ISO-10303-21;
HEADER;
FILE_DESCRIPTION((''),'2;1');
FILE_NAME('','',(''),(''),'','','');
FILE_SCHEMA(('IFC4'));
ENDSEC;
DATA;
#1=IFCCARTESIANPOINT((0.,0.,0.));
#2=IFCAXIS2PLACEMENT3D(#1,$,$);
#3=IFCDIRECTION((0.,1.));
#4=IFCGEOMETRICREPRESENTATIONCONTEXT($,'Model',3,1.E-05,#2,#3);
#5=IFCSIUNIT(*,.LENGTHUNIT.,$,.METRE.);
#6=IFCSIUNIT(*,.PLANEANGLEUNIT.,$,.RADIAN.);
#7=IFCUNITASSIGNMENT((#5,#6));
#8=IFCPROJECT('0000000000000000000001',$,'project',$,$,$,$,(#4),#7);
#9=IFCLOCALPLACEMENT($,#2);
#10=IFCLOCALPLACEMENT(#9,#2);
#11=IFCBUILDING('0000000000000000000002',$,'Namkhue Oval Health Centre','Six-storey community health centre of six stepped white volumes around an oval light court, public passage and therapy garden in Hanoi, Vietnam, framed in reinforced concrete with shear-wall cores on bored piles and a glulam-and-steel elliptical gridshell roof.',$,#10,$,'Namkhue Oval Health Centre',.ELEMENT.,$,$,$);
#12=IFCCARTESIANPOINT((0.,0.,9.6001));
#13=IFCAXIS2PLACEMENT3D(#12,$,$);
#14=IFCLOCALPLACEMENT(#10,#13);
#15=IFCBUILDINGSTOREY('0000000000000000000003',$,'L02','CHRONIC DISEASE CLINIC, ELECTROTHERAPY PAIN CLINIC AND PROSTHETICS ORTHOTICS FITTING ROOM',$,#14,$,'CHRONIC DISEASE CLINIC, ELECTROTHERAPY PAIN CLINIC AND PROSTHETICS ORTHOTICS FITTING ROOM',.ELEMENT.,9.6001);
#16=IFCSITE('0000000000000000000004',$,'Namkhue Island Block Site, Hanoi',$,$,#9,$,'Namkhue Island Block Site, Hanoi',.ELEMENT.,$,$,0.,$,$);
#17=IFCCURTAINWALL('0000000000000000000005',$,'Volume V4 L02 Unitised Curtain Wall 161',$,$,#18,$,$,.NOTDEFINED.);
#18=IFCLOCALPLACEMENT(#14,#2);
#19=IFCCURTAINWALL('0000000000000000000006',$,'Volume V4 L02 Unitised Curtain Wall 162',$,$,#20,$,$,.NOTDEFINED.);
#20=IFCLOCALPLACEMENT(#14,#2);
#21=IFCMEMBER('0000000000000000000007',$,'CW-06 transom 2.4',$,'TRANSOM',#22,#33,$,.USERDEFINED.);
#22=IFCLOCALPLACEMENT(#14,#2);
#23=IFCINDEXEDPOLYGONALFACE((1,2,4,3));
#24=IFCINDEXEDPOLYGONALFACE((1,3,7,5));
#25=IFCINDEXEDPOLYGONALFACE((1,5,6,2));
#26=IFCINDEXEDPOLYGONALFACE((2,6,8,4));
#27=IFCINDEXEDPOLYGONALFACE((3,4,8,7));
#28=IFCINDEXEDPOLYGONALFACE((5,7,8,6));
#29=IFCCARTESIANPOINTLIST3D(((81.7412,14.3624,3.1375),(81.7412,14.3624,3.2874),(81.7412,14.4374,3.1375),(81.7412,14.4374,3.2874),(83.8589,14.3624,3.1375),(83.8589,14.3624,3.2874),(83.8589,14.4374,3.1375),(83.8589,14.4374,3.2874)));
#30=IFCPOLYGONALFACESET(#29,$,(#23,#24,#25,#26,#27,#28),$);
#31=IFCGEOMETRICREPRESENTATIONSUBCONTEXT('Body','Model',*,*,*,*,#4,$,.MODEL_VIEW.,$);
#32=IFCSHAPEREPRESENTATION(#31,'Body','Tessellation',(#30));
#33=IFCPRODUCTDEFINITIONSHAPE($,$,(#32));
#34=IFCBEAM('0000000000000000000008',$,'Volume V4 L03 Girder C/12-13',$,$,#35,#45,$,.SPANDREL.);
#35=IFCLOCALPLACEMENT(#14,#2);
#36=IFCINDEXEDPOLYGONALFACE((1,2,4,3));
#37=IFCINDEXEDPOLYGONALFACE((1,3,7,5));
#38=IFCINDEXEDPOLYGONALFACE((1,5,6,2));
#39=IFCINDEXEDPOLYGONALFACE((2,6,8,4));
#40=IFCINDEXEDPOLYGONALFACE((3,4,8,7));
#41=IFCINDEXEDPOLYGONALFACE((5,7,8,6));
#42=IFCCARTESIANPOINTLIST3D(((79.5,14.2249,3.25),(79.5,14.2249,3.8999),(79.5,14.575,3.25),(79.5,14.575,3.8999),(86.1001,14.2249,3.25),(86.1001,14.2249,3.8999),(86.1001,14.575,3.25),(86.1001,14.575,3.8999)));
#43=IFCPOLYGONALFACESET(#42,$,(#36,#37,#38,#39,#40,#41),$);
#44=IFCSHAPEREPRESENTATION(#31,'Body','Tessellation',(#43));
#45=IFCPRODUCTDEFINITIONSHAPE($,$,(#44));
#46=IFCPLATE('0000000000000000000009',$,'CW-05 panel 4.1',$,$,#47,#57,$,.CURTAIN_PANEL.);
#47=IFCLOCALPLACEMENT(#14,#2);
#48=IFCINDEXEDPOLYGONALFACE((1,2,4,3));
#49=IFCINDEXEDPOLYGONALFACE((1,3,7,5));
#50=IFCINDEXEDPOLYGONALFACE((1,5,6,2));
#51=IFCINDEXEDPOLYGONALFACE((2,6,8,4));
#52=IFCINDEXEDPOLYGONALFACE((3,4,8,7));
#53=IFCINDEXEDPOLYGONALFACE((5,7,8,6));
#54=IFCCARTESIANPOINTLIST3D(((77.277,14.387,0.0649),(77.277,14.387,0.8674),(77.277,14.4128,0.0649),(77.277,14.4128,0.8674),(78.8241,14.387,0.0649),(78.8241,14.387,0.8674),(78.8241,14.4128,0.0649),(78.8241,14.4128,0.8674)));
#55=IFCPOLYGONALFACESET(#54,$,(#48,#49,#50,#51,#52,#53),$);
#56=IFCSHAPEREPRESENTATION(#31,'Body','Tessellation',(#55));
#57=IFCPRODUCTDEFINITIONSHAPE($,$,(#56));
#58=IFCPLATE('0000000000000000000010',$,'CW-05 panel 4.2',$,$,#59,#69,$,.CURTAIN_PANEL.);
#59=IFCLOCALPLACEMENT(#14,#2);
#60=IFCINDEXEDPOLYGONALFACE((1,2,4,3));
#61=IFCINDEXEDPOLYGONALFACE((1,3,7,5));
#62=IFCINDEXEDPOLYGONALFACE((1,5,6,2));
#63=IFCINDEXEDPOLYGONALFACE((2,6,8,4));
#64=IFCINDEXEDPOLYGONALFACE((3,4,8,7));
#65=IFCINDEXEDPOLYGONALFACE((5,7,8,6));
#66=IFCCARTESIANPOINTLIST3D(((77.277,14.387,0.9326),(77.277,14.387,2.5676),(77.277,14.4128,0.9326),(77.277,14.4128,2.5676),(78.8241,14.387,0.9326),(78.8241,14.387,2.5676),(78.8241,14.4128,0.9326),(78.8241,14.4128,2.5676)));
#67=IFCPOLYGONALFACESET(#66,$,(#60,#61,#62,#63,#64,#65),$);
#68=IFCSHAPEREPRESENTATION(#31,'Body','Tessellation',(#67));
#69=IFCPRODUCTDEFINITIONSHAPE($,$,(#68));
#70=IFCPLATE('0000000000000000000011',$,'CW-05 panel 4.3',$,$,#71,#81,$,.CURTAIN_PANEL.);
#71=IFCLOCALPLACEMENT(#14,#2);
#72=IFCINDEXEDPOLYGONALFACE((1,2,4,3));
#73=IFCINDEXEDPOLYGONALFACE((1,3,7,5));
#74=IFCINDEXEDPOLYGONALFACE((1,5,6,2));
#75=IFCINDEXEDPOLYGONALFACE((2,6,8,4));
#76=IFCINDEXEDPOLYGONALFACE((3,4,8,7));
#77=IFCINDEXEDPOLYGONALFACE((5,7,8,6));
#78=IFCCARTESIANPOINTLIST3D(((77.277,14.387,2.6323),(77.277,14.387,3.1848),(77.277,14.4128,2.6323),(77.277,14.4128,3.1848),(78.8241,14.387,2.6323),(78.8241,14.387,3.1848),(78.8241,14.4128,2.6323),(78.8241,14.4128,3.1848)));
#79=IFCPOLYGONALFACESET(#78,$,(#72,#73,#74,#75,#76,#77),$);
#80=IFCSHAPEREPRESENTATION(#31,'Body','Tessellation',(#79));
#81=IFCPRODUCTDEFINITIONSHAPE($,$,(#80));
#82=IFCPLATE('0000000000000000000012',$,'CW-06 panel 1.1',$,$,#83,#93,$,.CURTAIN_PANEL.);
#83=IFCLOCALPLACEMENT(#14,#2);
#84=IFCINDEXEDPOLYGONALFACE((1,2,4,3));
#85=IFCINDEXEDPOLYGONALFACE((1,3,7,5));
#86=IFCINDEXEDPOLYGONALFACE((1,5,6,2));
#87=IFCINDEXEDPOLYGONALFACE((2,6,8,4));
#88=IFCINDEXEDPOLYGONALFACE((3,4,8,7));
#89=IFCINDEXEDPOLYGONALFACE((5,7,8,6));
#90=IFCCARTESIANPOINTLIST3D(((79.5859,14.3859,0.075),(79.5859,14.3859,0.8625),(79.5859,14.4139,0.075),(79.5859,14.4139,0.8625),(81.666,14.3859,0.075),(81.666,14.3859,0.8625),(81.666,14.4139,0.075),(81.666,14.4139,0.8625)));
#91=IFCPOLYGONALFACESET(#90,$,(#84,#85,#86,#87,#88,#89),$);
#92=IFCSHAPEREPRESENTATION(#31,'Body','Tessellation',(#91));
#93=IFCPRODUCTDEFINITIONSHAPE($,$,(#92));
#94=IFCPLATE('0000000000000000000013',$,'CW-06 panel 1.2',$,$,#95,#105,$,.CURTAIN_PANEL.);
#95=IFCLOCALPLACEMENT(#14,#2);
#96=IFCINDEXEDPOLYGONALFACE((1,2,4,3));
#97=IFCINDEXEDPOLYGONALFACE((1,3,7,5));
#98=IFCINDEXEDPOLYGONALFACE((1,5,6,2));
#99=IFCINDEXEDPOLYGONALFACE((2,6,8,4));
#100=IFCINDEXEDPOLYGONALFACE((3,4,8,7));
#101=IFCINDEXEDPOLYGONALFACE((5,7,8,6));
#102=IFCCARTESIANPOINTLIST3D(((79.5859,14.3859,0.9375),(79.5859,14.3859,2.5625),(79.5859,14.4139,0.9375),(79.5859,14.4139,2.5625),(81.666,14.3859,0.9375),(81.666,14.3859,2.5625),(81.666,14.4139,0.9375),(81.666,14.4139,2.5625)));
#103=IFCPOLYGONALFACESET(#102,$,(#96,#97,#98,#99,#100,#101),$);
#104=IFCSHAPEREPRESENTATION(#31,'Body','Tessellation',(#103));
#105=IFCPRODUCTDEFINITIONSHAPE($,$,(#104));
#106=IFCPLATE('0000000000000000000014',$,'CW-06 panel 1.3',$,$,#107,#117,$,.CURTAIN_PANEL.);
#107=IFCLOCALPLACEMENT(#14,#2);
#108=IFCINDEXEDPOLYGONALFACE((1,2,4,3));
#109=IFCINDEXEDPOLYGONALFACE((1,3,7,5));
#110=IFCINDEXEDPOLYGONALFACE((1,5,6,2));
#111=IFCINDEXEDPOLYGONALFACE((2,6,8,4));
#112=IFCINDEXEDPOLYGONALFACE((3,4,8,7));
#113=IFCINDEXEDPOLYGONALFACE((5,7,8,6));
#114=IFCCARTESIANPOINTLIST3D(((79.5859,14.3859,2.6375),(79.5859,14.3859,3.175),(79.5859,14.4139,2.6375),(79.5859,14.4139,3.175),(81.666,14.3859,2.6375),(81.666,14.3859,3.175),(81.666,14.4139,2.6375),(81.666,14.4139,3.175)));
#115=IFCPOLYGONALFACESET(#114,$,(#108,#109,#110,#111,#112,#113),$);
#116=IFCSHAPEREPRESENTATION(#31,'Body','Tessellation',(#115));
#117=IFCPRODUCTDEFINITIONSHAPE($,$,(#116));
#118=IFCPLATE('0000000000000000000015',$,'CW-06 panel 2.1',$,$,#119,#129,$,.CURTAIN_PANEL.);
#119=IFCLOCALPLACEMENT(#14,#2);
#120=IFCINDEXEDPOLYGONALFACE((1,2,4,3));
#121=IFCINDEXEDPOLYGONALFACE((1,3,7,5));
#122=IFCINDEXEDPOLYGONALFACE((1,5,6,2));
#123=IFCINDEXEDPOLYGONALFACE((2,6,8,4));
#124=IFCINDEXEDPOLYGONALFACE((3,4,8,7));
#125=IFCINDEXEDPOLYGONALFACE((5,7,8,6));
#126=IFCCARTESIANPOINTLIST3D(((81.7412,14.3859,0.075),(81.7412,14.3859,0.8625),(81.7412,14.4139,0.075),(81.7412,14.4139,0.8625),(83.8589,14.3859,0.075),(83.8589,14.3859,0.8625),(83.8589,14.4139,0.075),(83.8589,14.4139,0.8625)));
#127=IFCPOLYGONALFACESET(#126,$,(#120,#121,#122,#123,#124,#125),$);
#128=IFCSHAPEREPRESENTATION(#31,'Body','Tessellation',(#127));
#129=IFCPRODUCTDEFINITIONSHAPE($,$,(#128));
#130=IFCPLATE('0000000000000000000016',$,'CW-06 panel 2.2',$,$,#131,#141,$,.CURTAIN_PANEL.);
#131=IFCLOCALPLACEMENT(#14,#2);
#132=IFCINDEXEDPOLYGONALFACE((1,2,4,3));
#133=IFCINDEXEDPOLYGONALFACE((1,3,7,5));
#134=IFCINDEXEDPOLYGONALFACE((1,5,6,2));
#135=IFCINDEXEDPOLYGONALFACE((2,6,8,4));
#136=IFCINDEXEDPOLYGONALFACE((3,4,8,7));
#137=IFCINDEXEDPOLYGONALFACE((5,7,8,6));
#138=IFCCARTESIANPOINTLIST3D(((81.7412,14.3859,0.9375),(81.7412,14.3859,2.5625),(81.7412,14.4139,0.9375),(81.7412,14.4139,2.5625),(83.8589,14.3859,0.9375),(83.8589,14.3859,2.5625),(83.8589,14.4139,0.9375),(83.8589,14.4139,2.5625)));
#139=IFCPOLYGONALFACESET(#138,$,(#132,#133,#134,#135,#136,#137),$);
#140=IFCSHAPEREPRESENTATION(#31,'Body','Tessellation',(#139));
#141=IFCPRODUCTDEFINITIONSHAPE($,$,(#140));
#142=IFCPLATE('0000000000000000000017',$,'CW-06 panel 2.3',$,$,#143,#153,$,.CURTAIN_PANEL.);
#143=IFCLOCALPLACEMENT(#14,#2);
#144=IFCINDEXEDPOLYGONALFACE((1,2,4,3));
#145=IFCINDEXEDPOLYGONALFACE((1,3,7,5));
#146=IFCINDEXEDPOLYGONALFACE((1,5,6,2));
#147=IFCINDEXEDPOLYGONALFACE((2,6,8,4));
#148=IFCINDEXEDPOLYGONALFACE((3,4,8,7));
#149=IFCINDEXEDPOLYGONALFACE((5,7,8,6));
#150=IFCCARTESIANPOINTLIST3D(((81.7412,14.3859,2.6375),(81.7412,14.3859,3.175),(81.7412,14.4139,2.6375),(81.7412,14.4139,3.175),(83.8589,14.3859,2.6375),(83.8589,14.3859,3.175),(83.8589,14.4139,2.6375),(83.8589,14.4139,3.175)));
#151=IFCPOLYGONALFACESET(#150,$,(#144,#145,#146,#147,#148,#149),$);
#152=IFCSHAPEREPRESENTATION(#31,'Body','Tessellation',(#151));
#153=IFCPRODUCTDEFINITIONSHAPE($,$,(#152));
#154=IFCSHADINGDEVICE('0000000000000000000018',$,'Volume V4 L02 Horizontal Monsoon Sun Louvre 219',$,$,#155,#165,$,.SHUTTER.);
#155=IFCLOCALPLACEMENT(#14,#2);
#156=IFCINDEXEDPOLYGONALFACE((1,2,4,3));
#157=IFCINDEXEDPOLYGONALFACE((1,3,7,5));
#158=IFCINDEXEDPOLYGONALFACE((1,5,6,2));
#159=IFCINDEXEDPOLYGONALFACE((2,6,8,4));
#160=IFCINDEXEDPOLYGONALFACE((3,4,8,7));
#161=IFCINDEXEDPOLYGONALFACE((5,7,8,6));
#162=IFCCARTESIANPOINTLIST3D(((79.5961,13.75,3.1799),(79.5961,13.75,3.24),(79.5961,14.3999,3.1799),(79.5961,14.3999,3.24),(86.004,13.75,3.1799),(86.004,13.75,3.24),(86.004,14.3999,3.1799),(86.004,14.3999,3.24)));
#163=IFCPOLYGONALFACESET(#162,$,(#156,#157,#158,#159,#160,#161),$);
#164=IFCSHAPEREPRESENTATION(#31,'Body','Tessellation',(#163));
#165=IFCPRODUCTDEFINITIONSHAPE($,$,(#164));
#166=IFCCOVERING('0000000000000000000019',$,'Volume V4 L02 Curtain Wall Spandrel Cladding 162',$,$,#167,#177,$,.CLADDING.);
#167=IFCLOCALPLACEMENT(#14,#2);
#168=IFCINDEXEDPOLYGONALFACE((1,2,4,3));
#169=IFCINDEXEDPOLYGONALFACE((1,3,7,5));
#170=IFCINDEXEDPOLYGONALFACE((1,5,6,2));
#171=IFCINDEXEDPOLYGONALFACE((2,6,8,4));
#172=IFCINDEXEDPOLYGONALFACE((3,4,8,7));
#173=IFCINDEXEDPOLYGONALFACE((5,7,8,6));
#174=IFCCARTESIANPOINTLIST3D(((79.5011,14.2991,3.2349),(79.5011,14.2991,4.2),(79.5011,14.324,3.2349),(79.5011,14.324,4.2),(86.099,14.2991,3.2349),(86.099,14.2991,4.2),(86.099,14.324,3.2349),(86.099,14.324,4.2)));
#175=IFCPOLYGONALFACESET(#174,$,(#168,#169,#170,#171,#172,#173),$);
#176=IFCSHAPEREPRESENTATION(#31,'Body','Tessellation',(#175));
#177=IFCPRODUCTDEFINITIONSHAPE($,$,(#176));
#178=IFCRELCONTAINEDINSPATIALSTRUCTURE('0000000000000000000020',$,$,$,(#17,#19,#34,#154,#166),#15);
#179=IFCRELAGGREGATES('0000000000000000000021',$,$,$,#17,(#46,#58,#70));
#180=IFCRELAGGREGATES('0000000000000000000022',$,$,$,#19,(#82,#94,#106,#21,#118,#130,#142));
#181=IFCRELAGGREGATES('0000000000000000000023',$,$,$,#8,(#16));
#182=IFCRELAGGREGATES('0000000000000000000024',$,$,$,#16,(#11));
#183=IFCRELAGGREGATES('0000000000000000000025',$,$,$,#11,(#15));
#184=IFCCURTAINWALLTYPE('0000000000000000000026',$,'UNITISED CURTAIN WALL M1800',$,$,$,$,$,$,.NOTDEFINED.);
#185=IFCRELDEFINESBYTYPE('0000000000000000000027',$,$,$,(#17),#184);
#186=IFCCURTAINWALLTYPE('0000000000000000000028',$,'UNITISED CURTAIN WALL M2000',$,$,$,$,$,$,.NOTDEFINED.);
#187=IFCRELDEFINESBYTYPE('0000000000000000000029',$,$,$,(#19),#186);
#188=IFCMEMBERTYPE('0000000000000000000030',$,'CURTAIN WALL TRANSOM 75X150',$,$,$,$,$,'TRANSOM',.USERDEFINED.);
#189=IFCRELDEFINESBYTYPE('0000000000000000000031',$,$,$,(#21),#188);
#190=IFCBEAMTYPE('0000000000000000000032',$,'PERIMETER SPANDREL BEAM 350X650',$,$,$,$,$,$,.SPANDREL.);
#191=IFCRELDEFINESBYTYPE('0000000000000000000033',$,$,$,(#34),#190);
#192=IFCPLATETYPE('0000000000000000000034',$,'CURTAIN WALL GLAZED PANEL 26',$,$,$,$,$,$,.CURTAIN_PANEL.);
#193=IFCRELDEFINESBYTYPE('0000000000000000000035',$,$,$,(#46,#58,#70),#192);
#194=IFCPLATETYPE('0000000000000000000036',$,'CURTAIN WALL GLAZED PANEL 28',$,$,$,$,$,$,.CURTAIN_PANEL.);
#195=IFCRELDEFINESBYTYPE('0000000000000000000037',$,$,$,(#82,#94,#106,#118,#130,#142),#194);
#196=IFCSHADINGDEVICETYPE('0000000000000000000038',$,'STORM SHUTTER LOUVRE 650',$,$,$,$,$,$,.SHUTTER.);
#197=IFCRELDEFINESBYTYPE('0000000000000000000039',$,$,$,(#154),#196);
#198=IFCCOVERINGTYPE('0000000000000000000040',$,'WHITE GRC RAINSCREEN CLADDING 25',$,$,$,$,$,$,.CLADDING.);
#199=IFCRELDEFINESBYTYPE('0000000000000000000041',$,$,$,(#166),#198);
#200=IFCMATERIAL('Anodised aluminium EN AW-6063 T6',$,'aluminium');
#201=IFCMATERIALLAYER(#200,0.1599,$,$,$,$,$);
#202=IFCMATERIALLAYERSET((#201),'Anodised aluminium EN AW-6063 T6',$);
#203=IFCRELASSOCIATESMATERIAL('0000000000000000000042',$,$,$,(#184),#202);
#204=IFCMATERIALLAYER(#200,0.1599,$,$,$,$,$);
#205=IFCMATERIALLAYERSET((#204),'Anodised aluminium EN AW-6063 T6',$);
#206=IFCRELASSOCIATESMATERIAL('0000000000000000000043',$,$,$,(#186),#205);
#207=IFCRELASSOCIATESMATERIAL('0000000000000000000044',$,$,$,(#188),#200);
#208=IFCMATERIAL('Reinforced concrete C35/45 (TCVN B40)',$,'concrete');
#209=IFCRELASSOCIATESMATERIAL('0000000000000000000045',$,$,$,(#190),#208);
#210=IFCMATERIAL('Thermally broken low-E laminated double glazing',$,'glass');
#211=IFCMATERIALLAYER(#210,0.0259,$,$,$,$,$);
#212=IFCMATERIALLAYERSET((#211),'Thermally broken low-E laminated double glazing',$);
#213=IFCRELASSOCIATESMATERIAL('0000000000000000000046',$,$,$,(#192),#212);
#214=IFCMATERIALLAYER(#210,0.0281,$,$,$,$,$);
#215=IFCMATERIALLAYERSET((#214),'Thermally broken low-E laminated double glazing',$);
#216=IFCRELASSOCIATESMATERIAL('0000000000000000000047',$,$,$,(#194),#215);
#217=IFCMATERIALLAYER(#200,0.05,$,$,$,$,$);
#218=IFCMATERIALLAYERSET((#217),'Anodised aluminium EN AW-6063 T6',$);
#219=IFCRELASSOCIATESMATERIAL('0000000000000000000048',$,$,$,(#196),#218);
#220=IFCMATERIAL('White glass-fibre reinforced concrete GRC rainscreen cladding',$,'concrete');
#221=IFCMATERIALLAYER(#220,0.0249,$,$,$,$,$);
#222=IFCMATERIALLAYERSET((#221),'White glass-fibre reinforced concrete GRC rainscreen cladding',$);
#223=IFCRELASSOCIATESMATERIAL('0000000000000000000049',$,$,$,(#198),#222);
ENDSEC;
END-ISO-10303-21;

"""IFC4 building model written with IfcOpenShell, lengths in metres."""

from ifc_helpers import new_model, si_unit, direction, frame, origin, origin_2d, place, context, subcontext, project, spatial, rectangle, extrude, material, layer, layer_set, material_profile, profile_set, type_object, element, aggregate, save


model = new_model("IFC4")

# Units and contexts
model_context = context("Model", 3, precision=1e-05, world=origin(), true_north=direction((0.0, 1.0)))
body_context = subcontext(model_context, "Body", "Model", "MODEL_VIEW")
ifc_project = project(units=[si_unit("LENGTHUNIT", "METRE"), si_unit("PLANEANGLEUNIT", "RADIAN")], contexts=[model_context])

# Site, building, storey
site_placement = place(None, origin())
site = spatial("IfcSite", under=ifc_project, at=site_placement, Name="Namkhue Island Block Site, Hanoi", LongName="Namkhue Island Block Site, Hanoi", CompositionType="ELEMENT", RefElevation=0.0)
building_placement = place(site_placement, origin())
building = spatial("IfcBuilding", under=site, at=building_placement, Name="Namkhue Oval Health Centre", Description="Six-storey community health centre of six stepped white volumes around an oval light court, public passage and therapy garden in Hanoi, Vietnam, framed in reinforced concrete with shear-wall cores on bored piles and a glulam-and-steel elliptical gridshell roof.", LongName="Namkhue Oval Health Centre", CompositionType="ELEMENT")
storey_placement = place(building_placement, frame((0.0, 0.0, 9.6001)))
storey = spatial("IfcBuildingStorey", under=building, at=storey_placement, Name="L02", Description="CHRONIC DISEASE CLINIC, ELECTROTHERAPY PAIN CLINIC AND PROSTHETICS ORTHOTICS FITTING ROOM", LongName="CHRONIC DISEASE CLINIC, ELECTROTHERAPY PAIN CLINIC AND PROSTHETICS ORTHOTICS FITTING ROOM", CompositionType="ELEMENT", Elevation=9.6001)

# Shared definitions
ifc_material_1 = material(Name="Reinforced concrete C35/45 (TCVN B40)", Category="concrete")

# Curtain wall
ifc_material_2 = material(Name="Anodised aluminium EN AW-6063 T6", Category="aluminium")
ifc_layer_1 = layer(ifc_material_2, 0.1599)
ifc_layer_set_1 = layer_set([ifc_layer_1], Name="Anodised aluminium EN AW-6063 T6")
curtain_wall_type_1 = type_object("IfcCurtainWallType", Name="UNITISED CURTAIN WALL M1800", PredefinedType="NOTDEFINED", material=ifc_layer_set_1)
curtain_wall_1_placement = place(storey_placement, origin())
curtain_wall_1 = element("IfcCurtainWall", 1, at=curtain_wall_1_placement, inside=storey, type_object=curtain_wall_type_1, Name="Volume V4 L02 Unitised Curtain Wall 161", PredefinedType="NOTDEFINED")

# Curtain wall, member
ifc_layer_2 = layer(ifc_material_2, 0.1599)
ifc_layer_set_2 = layer_set([ifc_layer_2], Name="Anodised aluminium EN AW-6063 T6")
curtain_wall_type_2 = type_object("IfcCurtainWallType", Name="UNITISED CURTAIN WALL M2000", PredefinedType="NOTDEFINED", material=ifc_layer_set_2)
curtain_wall_2_placement = place(storey_placement, origin())
curtain_wall_2 = element("IfcCurtainWall", 2, at=curtain_wall_2_placement, inside=storey, type_object=curtain_wall_type_2, Name="Volume V4 L02 Unitised Curtain Wall 162", PredefinedType="NOTDEFINED")
ifc_material_profile_1 = material_profile(ifc_material_2, rectangle(XDim=0.075, YDim=0.1499, at=origin_2d()), Name="ALU 75x150")
ifc_profile_set_1 = profile_set([ifc_material_profile_1], Name="Anodised aluminium EN AW-6063 T6")
member_type_1 = type_object("IfcMemberType", Name="CURTAIN WALL TRANSOM 75X150", ElementType="TRANSOM", PredefinedType="USERDEFINED", material=ifc_profile_set_1)
member_1_placement = place(storey_placement, frame((81.7412, 14.3999, 3.2124), z_axis=(1.0, 0.0, 0.0), x_axis=(0.0, 1.0, 0.0)))
member_1 = element("IfcMember", 3, at=member_1_placement, type_object=member_type_1, Name="CW-06 transom 2.4", ObjectType="TRANSOM", PredefinedType="USERDEFINED", context=body_context, shape_type="SweptSolid", body=[
    extrude(rectangle(XDim=0.075, YDim=0.1499, at=origin_2d()), origin(), (0.0, 0.0, 1.0), 2.1177),
])

# Beam
ifc_material_profile_2 = material_profile(ifc_material_1, rectangle(XDim=0.3501, YDim=0.6499, at=origin_2d()), Name="RC 350x650")
ifc_profile_set_2 = profile_set([ifc_material_profile_2], Name="Reinforced concrete C35/45 (TCVN B40)")
beam_type = type_object("IfcBeamType", Name="PERIMETER SPANDREL BEAM 350X650", PredefinedType="SPANDREL", material=ifc_profile_set_2)
beam_placement = place(storey_placement, frame((79.5, 14.3999, 3.575), z_axis=(1.0, 0.0, 0.0), x_axis=(0.0, 1.0, 0.0)))
element("IfcBeam", 4, at=beam_placement, inside=storey, type_object=beam_type, Name="Volume V4 L03 Girder C/12-13", PredefinedType="SPANDREL", context=body_context, shape_type="SweptSolid", body=[
    extrude(rectangle(XDim=0.3501, YDim=0.6499, at=origin_2d()), origin(), (0.0, 0.0, 1.0), 6.6001),
])

# Plates
ifc_material_3 = material(Name="Thermally broken low-E laminated double glazing", Category="glass")
ifc_layer_3 = layer(ifc_material_3, 0.0259)
ifc_layer_set_3 = layer_set([ifc_layer_3], Name="Thermally broken low-E laminated double glazing")
plate_type_1 = type_object("IfcPlateType", Name="CURTAIN WALL GLAZED PANEL 26", PredefinedType="CURTAIN_PANEL", material=ifc_layer_set_3)
plate_1_placement = place(storey_placement, frame((78.0505, 14.3999, 0.0649), z_axis=(0.0, 0.0, 1.0), x_axis=(1.0, 0.0, 0.0)))
plate_1 = element("IfcPlate", 5, at=plate_1_placement, type_object=plate_type_1, Name="CW-05 panel 4.1", PredefinedType="CURTAIN_PANEL", context=body_context, shape_type="SweptSolid", body=[
    extrude(rectangle(XDim=1.5471, YDim=0.0259, at=origin_2d()), origin(), (0.0, 0.0, 1.0), 0.8025),
])
plate_2_placement = place(storey_placement, frame((78.0505, 14.3999, 0.9326), z_axis=(0.0, 0.0, 1.0), x_axis=(1.0, 0.0, 0.0)))
plate_2 = element("IfcPlate", 6, at=plate_2_placement, type_object=plate_type_1, Name="CW-05 panel 4.2", PredefinedType="CURTAIN_PANEL", context=body_context, shape_type="SweptSolid", body=[
    extrude(rectangle(XDim=1.5471, YDim=0.0259, at=origin_2d()), origin(), (0.0, 0.0, 1.0), 1.635),
])
plate_3_placement = place(storey_placement, frame((78.0505, 14.3999, 2.6323), z_axis=(0.0, 0.0, 1.0), x_axis=(1.0, 0.0, 0.0)))
plate_3 = element("IfcPlate", 7, at=plate_3_placement, type_object=plate_type_1, Name="CW-05 panel 4.3", PredefinedType="CURTAIN_PANEL", context=body_context, shape_type="SweptSolid", body=[
    extrude(rectangle(XDim=1.5471, YDim=0.0259, at=origin_2d()), origin(), (0.0, 0.0, 1.0), 0.5525),
])
aggregate(curtain_wall_1, [plate_1, plate_2, plate_3])
ifc_layer_4 = layer(ifc_material_3, 0.0281)
ifc_layer_set_4 = layer_set([ifc_layer_4], Name="Thermally broken low-E laminated double glazing")
plate_type_2 = type_object("IfcPlateType", Name="CURTAIN WALL GLAZED PANEL 28", PredefinedType="CURTAIN_PANEL", material=ifc_layer_set_4)
plate_4_placement = place(storey_placement, frame((80.626, 14.3999, 0.075), z_axis=(0.0, 0.0, 1.0), x_axis=(1.0, 0.0, 0.0)))
plate_4 = element("IfcPlate", 8, at=plate_4_placement, type_object=plate_type_2, Name="CW-06 panel 1.1", PredefinedType="CURTAIN_PANEL", context=body_context, shape_type="SweptSolid", body=[
    extrude(rectangle(XDim=2.0801, YDim=0.0281, at=origin_2d()), origin(), (0.0, 0.0, 1.0), 0.7876),
])
plate_5_placement = place(storey_placement, frame((80.626, 14.3999, 0.9375), z_axis=(0.0, 0.0, 1.0), x_axis=(1.0, 0.0, 0.0)))
plate_5 = element("IfcPlate", 9, at=plate_5_placement, type_object=plate_type_2, Name="CW-06 panel 1.2", PredefinedType="CURTAIN_PANEL", context=body_context, shape_type="SweptSolid", body=[
    extrude(rectangle(XDim=2.0801, YDim=0.0281, at=origin_2d()), origin(), (0.0, 0.0, 1.0), 1.625),
])
plate_6_placement = place(storey_placement, frame((80.626, 14.3999, 2.6375), z_axis=(0.0, 0.0, 1.0), x_axis=(1.0, 0.0, 0.0)))
plate_6 = element("IfcPlate", 10, at=plate_6_placement, type_object=plate_type_2, Name="CW-06 panel 1.3", PredefinedType="CURTAIN_PANEL", context=body_context, shape_type="SweptSolid", body=[
    extrude(rectangle(XDim=2.0801, YDim=0.0281, at=origin_2d()), origin(), (0.0, 0.0, 1.0), 0.5376),
])
plate_7_placement = place(storey_placement, frame((82.8, 14.3999, 0.075), z_axis=(0.0, 0.0, 1.0), x_axis=(1.0, 0.0, 0.0)))
plate_7 = element("IfcPlate", 11, at=plate_7_placement, type_object=plate_type_2, Name="CW-06 panel 2.1", PredefinedType="CURTAIN_PANEL", context=body_context, shape_type="SweptSolid", body=[
    extrude(rectangle(XDim=2.1177, YDim=0.0281, at=origin_2d()), origin(), (0.0, 0.0, 1.0), 0.7876),
])
plate_8_placement = place(storey_placement, frame((82.8, 14.3999, 0.9375), z_axis=(0.0, 0.0, 1.0), x_axis=(1.0, 0.0, 0.0)))
plate_8 = element("IfcPlate", 12, at=plate_8_placement, type_object=plate_type_2, Name="CW-06 panel 2.2", PredefinedType="CURTAIN_PANEL", context=body_context, shape_type="SweptSolid", body=[
    extrude(rectangle(XDim=2.1177, YDim=0.0281, at=origin_2d()), origin(), (0.0, 0.0, 1.0), 1.625),
])
plate_9_placement = place(storey_placement, frame((82.8, 14.3999, 2.6375), z_axis=(0.0, 0.0, 1.0), x_axis=(1.0, 0.0, 0.0)))
plate_9 = element("IfcPlate", 13, at=plate_9_placement, type_object=plate_type_2, Name="CW-06 panel 2.3", PredefinedType="CURTAIN_PANEL", context=body_context, shape_type="SweptSolid", body=[
    extrude(rectangle(XDim=2.1177, YDim=0.0281, at=origin_2d()), origin(), (0.0, 0.0, 1.0), 0.5376),
])
aggregate(curtain_wall_2, [plate_4, plate_5, plate_6, member_1, plate_7, plate_8, plate_9])

# Shading device
ifc_layer_5 = layer(ifc_material_2, 0.05)
ifc_layer_set_5 = layer_set([ifc_layer_5], Name="Anodised aluminium EN AW-6063 T6")
shading_device_type = type_object("IfcShadingDeviceType", Name="STORM SHUTTER LOUVRE 650", PredefinedType="SHUTTER", material=ifc_layer_set_5)
shading_device_placement = place(storey_placement, frame((82.8, 14.075, 3.1799), z_axis=(0.0, 0.0, 1.0), x_axis=(1.0, 0.0, 0.0)))
element("IfcShadingDevice", 14, at=shading_device_placement, inside=storey, type_object=shading_device_type, Name="Volume V4 L02 Horizontal Monsoon Sun Louvre 219", PredefinedType="SHUTTER", context=body_context, shape_type="SweptSolid", body=[
    extrude(rectangle(XDim=6.408, YDim=0.6499, at=origin_2d()), origin(), (0.0, 0.0, 1.0), 0.0601),
])

# Covering
ifc_material_4 = material(Name="White glass-fibre reinforced concrete GRC rainscreen cladding", Category="concrete")
ifc_layer_6 = layer(ifc_material_4, 0.0249)
ifc_layer_set_6 = layer_set([ifc_layer_6], Name="White glass-fibre reinforced concrete GRC rainscreen cladding")
covering_type = type_object("IfcCoveringType", Name="WHITE GRC RAINSCREEN CLADDING 25", PredefinedType="CLADDING", material=ifc_layer_set_6)
covering_placement = place(storey_placement, frame((82.8, 14.3115, 3.2349), z_axis=(0.0, 0.0, 1.0), x_axis=(1.0, 0.0, 0.0)))
element("IfcCovering", 15, at=covering_placement, inside=storey, type_object=covering_type, Name="Volume V4 L02 Curtain Wall Spandrel Cladding 162", PredefinedType="CLADDING", context=body_context, shape_type="SweptSolid", body=[
    extrude(rectangle(XDim=6.5979, YDim=0.0249, at=origin_2d()), origin(), (0.0, 0.0, 1.0), 0.9651),
])

save(model, "model.ifc")
